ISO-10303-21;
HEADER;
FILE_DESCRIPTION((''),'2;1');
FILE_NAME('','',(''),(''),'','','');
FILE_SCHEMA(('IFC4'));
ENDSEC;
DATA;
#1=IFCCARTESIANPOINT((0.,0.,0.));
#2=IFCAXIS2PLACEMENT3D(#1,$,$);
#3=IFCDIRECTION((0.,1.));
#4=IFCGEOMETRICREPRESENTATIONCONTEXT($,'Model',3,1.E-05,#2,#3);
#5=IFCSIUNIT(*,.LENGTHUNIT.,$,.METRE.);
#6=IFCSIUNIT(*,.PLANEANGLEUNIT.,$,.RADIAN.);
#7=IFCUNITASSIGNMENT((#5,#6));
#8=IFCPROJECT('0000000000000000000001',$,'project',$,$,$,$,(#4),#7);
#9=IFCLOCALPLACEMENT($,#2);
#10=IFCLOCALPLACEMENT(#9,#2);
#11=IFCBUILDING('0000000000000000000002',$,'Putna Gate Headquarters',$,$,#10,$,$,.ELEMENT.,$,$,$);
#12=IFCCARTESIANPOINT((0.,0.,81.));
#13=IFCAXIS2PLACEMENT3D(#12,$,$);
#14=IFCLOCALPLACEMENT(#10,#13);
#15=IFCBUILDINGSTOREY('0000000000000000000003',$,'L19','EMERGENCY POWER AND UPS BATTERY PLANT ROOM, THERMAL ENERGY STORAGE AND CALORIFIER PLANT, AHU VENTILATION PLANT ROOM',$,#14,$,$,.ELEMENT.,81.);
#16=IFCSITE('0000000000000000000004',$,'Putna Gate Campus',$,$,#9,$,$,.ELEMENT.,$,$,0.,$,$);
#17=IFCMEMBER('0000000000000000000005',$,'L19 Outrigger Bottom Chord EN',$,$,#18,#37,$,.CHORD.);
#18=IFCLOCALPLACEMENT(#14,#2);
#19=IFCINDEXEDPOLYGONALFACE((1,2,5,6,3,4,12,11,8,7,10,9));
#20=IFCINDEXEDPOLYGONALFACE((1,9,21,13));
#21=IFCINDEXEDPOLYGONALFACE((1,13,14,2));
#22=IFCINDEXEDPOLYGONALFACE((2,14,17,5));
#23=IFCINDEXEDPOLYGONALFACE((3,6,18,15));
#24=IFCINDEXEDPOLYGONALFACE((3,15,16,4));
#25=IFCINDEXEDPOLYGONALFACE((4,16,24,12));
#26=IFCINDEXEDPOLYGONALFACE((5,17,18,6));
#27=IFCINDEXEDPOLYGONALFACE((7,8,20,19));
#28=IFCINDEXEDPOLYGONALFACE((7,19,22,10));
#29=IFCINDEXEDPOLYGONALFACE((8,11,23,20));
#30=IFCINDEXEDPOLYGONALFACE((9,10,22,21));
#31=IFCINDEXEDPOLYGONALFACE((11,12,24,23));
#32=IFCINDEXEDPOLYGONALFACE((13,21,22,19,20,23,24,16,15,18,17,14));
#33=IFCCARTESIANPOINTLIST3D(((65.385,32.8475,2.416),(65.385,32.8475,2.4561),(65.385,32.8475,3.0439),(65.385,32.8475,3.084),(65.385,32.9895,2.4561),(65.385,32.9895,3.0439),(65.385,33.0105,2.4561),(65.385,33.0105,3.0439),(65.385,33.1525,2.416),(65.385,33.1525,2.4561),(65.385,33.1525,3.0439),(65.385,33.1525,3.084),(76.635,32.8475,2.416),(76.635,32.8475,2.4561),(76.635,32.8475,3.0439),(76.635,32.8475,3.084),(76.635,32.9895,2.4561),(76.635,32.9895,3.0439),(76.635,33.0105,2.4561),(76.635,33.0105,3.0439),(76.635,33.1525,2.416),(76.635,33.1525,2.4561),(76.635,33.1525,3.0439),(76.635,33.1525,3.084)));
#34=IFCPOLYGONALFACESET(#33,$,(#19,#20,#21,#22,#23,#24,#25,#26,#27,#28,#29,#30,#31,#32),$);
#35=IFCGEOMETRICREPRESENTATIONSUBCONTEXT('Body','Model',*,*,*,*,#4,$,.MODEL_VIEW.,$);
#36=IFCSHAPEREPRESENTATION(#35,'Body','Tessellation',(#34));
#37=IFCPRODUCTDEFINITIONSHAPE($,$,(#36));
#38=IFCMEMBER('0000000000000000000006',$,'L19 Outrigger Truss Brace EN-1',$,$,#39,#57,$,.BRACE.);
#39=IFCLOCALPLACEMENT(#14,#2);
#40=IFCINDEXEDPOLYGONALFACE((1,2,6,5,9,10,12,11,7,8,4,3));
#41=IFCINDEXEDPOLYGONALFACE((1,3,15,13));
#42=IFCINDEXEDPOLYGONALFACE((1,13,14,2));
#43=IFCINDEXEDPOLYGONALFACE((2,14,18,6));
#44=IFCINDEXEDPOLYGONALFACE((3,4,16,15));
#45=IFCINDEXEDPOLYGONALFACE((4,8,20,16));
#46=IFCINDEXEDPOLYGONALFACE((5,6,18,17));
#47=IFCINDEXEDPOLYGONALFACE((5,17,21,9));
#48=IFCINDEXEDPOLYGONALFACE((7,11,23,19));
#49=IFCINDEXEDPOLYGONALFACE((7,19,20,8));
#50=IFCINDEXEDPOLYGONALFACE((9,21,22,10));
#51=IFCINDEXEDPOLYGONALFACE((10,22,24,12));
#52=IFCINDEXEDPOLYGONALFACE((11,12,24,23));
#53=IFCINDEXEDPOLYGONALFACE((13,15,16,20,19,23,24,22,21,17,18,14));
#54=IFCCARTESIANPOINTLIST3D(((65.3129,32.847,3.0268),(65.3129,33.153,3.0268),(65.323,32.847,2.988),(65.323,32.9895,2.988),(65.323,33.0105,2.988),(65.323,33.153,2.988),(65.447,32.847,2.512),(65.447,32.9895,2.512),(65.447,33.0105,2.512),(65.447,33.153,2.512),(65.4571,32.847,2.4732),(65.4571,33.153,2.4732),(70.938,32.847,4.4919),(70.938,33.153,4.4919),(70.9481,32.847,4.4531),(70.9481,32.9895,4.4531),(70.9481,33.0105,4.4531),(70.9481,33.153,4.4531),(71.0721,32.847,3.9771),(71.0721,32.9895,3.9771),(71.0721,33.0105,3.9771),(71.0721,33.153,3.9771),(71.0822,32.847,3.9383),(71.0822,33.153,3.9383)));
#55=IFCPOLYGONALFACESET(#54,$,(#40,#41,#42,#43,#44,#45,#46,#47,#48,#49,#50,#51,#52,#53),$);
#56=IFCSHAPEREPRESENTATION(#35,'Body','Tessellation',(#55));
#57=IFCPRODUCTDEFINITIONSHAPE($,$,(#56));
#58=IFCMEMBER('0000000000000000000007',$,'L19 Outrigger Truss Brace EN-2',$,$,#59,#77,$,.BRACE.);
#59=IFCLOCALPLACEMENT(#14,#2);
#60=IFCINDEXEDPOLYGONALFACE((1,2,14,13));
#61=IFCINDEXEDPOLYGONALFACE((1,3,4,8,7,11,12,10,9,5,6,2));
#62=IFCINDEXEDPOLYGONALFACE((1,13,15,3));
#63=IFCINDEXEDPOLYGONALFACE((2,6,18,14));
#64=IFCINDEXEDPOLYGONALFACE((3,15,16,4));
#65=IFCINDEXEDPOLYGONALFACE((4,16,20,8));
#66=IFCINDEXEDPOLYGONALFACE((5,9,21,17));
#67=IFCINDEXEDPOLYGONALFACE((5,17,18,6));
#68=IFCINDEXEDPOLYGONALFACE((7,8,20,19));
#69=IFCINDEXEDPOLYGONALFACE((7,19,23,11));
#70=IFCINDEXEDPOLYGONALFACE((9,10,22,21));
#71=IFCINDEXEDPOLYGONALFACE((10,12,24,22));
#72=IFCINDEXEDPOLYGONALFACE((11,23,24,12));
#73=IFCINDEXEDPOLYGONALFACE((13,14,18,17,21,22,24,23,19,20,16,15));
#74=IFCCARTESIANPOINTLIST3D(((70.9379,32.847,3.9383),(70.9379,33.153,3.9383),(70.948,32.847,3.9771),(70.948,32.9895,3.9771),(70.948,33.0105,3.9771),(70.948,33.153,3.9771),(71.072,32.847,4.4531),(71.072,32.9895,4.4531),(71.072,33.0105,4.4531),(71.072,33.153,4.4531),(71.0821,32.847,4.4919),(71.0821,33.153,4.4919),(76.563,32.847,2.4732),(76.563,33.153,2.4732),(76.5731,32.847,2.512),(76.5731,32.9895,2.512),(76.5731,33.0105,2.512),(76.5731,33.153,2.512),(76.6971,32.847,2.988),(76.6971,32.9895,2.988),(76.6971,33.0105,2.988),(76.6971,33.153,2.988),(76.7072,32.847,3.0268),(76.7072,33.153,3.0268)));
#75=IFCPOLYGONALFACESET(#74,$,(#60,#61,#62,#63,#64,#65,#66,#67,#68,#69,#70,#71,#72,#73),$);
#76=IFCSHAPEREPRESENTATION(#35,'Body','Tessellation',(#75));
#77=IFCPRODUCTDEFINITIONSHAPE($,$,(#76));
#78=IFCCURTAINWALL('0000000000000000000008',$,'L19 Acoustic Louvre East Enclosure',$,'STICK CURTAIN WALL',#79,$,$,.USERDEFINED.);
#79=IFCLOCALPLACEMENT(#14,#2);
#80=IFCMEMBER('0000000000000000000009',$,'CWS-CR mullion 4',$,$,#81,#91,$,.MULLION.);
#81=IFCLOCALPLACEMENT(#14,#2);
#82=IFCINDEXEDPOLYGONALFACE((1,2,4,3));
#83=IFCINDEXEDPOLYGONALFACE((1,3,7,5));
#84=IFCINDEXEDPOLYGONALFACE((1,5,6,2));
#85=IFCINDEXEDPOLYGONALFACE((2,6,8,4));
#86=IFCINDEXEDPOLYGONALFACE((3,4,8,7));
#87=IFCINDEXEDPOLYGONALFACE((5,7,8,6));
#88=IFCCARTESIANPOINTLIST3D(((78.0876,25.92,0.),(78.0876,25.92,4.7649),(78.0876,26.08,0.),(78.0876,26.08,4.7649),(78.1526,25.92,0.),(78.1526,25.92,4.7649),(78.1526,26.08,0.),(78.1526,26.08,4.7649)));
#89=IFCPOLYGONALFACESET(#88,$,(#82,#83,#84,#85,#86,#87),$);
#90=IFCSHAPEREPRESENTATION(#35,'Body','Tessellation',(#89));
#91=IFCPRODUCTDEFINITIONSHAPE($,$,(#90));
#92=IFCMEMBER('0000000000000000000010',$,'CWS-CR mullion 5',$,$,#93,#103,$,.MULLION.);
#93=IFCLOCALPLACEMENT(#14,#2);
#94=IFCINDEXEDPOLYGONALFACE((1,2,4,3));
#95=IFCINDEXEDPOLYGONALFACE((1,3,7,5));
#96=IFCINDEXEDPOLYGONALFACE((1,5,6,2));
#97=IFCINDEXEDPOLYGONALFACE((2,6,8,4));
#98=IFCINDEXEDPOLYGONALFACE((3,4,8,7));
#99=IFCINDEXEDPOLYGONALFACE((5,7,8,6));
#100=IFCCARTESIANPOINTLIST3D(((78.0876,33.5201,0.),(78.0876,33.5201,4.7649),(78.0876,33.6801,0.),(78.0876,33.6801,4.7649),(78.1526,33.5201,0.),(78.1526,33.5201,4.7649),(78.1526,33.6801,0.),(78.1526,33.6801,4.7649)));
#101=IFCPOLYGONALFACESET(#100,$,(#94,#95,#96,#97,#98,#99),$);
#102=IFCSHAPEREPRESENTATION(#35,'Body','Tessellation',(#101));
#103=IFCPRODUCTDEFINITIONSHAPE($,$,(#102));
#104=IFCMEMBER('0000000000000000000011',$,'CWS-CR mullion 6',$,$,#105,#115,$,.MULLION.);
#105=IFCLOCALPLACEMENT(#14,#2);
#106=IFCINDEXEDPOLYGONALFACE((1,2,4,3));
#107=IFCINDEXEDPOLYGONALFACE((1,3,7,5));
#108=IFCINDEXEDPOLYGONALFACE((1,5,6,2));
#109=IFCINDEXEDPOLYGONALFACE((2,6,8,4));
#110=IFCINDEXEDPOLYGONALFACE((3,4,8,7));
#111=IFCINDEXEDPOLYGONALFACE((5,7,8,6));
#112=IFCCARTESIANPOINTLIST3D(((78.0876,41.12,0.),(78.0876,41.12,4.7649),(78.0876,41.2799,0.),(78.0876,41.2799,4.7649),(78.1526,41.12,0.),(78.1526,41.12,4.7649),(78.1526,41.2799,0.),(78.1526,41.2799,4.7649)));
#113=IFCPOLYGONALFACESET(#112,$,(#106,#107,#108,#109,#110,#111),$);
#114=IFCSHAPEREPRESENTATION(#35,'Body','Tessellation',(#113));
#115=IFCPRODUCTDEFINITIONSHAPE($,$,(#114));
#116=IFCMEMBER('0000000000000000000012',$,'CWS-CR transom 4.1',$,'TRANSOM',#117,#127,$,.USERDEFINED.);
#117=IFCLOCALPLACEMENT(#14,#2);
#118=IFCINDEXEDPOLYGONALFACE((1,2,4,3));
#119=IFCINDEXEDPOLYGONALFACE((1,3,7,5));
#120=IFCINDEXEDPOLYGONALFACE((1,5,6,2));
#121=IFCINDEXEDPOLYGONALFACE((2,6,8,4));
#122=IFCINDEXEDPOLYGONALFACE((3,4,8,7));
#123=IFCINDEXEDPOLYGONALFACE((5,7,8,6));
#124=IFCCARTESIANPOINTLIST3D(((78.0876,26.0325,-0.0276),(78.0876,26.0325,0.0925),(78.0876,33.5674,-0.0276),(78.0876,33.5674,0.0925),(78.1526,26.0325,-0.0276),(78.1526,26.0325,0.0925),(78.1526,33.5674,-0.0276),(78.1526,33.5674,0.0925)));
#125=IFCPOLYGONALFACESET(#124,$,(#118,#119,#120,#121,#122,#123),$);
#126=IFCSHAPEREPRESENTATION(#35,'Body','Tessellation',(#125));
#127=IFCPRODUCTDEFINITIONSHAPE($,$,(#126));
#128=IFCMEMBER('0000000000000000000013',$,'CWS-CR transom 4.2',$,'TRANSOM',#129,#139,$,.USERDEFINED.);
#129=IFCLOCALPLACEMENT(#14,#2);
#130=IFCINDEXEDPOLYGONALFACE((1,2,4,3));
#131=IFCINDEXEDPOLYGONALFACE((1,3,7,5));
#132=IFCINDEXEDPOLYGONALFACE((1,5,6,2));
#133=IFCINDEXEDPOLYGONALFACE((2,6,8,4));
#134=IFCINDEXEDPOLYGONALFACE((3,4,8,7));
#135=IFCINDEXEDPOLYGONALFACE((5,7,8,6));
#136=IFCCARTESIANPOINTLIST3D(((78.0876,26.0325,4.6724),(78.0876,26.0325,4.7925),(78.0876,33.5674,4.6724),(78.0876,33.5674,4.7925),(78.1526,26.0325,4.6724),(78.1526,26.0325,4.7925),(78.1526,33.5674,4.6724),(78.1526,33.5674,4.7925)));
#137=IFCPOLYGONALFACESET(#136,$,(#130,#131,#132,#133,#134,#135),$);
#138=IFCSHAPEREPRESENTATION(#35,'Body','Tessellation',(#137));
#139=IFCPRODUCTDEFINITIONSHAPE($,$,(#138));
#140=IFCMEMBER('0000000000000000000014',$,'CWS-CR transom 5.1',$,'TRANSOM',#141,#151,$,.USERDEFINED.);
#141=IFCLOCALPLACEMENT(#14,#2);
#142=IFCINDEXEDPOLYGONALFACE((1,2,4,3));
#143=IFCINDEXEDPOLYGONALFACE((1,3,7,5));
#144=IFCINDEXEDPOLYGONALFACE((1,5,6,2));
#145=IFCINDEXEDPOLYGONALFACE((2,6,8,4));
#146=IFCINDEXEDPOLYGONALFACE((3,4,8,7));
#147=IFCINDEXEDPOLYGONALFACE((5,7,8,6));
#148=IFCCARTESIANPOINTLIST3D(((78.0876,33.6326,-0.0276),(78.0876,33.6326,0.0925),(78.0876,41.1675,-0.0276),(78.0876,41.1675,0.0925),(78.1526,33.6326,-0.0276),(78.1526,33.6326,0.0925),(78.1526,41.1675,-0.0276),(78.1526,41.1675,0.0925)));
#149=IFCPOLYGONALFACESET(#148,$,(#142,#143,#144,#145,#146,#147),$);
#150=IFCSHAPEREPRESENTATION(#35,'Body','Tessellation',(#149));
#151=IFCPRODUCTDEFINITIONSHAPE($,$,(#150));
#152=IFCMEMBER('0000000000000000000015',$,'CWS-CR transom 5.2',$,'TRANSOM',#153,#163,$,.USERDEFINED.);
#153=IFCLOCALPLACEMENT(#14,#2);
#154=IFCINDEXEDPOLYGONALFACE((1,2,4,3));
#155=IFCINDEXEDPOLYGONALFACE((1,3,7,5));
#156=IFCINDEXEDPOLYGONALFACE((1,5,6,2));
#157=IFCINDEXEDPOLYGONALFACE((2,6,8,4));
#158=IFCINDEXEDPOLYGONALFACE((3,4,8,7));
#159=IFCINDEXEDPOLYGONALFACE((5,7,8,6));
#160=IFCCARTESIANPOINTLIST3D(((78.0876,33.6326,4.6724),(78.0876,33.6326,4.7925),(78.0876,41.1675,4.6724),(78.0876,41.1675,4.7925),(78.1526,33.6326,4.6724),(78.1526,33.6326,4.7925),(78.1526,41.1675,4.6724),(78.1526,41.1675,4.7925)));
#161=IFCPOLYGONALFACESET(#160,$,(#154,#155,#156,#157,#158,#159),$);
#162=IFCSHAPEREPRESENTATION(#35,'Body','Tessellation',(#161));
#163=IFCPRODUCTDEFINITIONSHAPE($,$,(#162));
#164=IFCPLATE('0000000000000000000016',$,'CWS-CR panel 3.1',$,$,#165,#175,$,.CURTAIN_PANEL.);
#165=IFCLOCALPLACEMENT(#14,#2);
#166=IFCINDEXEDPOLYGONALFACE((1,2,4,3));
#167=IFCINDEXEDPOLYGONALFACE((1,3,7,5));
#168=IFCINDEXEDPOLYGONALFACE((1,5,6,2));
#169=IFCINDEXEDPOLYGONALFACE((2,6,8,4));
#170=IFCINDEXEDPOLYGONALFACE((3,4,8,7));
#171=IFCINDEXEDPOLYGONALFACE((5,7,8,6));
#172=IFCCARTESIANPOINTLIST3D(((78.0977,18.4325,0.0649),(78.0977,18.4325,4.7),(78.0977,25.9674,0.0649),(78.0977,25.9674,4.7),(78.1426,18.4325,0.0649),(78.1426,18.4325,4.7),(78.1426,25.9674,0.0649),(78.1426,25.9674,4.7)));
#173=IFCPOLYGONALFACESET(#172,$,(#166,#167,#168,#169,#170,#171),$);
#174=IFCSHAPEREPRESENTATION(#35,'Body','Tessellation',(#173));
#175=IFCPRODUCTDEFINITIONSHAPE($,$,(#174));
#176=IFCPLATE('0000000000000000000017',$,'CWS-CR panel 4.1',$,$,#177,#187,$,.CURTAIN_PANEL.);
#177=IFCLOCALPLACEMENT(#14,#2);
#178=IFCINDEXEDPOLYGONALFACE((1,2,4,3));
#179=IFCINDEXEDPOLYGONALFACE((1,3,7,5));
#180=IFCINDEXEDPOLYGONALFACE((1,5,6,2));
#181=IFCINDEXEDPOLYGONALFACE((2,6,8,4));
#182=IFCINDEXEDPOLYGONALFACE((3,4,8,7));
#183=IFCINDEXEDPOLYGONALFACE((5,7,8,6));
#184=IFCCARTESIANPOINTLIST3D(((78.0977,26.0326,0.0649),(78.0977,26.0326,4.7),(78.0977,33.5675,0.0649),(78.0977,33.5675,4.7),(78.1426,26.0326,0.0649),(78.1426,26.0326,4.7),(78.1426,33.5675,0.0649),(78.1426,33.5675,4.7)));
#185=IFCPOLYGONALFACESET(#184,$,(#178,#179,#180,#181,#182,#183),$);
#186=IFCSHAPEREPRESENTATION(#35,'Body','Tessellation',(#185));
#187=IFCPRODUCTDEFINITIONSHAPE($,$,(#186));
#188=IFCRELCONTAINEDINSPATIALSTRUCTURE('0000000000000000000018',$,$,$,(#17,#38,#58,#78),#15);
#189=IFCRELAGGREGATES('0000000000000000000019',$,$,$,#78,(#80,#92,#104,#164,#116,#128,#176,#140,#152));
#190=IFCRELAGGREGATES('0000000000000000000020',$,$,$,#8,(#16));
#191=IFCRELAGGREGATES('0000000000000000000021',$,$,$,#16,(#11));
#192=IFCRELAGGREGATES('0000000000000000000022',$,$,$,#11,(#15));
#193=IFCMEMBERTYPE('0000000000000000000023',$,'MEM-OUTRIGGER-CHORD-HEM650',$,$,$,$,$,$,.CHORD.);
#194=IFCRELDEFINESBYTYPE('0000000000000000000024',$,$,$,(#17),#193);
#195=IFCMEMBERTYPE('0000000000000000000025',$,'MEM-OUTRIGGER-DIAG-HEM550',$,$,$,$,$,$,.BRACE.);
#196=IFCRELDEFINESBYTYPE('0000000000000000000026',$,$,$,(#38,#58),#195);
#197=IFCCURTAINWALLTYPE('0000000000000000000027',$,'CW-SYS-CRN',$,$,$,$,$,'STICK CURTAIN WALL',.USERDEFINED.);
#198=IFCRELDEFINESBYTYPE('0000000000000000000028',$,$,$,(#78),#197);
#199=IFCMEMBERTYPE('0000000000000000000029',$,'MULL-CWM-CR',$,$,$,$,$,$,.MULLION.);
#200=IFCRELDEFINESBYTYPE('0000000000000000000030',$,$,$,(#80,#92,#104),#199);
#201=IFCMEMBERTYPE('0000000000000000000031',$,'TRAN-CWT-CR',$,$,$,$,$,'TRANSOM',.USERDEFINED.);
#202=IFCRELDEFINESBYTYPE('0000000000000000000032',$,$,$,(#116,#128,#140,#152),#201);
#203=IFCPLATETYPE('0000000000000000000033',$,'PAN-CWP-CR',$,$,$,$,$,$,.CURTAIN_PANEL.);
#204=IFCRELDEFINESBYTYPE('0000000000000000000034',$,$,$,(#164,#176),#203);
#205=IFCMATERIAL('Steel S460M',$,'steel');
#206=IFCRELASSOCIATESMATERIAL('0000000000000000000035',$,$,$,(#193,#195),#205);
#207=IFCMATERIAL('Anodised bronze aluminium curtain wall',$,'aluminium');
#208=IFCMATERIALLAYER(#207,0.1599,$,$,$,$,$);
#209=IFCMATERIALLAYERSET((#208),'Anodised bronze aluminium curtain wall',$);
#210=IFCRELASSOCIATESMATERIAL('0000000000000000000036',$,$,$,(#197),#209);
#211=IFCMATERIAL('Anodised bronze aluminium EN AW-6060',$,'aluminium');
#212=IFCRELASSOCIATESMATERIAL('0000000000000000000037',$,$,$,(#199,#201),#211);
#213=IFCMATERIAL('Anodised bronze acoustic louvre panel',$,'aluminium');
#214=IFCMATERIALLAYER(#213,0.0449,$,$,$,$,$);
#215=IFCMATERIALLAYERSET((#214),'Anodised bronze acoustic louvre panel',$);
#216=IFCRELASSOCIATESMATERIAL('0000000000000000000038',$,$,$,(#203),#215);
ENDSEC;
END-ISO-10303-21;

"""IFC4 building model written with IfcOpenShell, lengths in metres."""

from ifc_helpers import new_model, si_unit, direction, frame, origin, origin_2d, place, context, subcontext, project, spatial, rectangle, i_section, extrude, material, layer, layer_set, material_profile, profile_set, type_object, element, aggregate, save


model = new_model("IFC4")

# Units and contexts
model_context = context("Model", 3, precision=1e-05, world=origin(), true_north=direction((0.0, 1.0)))
body_context = subcontext(model_context, "Body", "Model", "MODEL_VIEW")
ifc_project = project(units=[si_unit("LENGTHUNIT", "METRE"), si_unit("PLANEANGLEUNIT", "RADIAN")], contexts=[model_context])

# Site, building, storey
site_placement = place(None, origin())
site = spatial("IfcSite", under=ifc_project, at=site_placement, Name="Putna Gate Campus", CompositionType="ELEMENT", RefElevation=0.0)
building_placement = place(site_placement, origin())
building = spatial("IfcBuilding", under=site, at=building_placement, Name="Putna Gate Headquarters", CompositionType="ELEMENT")
storey_placement = place(building_placement, frame((0.0, 0.0, 81.0)))
storey = spatial("IfcBuildingStorey", under=building, at=storey_placement, Name="L19", Description="EMERGENCY POWER AND UPS BATTERY PLANT ROOM, THERMAL ENERGY STORAGE AND CALORIFIER PLANT, AHU VENTILATION PLANT ROOM", CompositionType="ELEMENT", Elevation=81.0)

# Members
ifc_material_1 = material(Name="Steel S460M", Category="steel")
ifc_material_profile_1 = material_profile(ifc_material_1, i_section(OverallWidth=0.3049, OverallDepth=0.668, WebThickness=0.021, FlangeThickness=0.04, at=origin_2d()), Name="Steel S460M")
ifc_profile_set_1 = profile_set([ifc_material_profile_1], Name="Steel S460M")
member_type_1 = type_object("IfcMemberType", Name="MEM-OUTRIGGER-CHORD-HEM650", PredefinedType="CHORD", material=ifc_profile_set_1)
member_1_placement = place(storey_placement, frame((65.385, 33.0, 2.75), z_axis=(1.0, 0.0, 0.0), x_axis=(0.0, 1.0, 0.0)))
element("IfcMember", 1, at=member_1_placement, inside=storey, type_object=member_type_1, Name="L19 Outrigger Bottom Chord EN", PredefinedType="CHORD", context=body_context, shape_type="SweptSolid", body=[
    extrude(i_section(OverallWidth=0.3049, OverallDepth=0.668, WebThickness=0.021, FlangeThickness=0.04, at=origin_2d()), origin(), (0.0, 0.0, 1.0), 11.25),
])
ifc_material_profile_2 = material_profile(ifc_material_1, i_section(OverallWidth=0.3059, OverallDepth=0.572, WebThickness=0.021, FlangeThickness=0.04, at=origin_2d()), Name="Steel S460M")
ifc_profile_set_2 = profile_set([ifc_material_profile_2], Name="Steel S460M")
member_type_2 = type_object("IfcMemberType", Name="MEM-OUTRIGGER-DIAG-HEM550", PredefinedType="BRACE", material=ifc_profile_set_2)
for number, where, z_axis, x_axis, name in (
    (2, (65.385, 33.0, 2.75), (0.967714, 0.0, 0.252051), (0.0, 1.0, 0.0), "L19 Outrigger Truss Brace EN-1"),
    (3, (71.01, 33.0, 4.2151), (0.967714, 0.0, -0.252051), (0.0, 1.0, 0.0), "L19 Outrigger Truss Brace EN-2"),
):
    element("IfcMember", number, at=place(storey_placement, frame(where, z_axis=z_axis, x_axis=x_axis)), inside=storey, type_object=member_type_2, Name=name, PredefinedType="BRACE", context=body_context, shape_type="SweptSolid", body=[
        extrude(i_section(OverallWidth=0.3059, OverallDepth=0.572, WebThickness=0.021, FlangeThickness=0.04, at=origin_2d()), origin(), (0.0, 0.0, 1.0), 5.8127),
    ])

# Curtain wall, members, plates
ifc_material_2 = material(Name="Anodised bronze aluminium curtain wall", Category="aluminium")
ifc_layer_1 = layer(ifc_material_2, 0.1599)
ifc_layer_set_1 = layer_set([ifc_layer_1], Name="Anodised bronze aluminium curtain wall")
curtain_wall_type = type_object("IfcCurtainWallType", Name="CW-SYS-CRN", ElementType="STICK CURTAIN WALL", PredefinedType="USERDEFINED", material=ifc_layer_set_1)
curtain_wall_placement = place(storey_placement, origin())
curtain_wall = element("IfcCurtainWall", 4, at=curtain_wall_placement, inside=storey, type_object=curtain_wall_type, Name="L19 Acoustic Louvre East Enclosure", ObjectType="STICK CURTAIN WALL", PredefinedType="USERDEFINED")
ifc_material_3 = material(Name="Anodised bronze aluminium EN AW-6060", Category="aluminium")
ifc_material_profile_3 = material_profile(ifc_material_3, rectangle(XDim=0.0649, YDim=0.1599, at=origin_2d()), Name="Anodised bronze aluminium EN AW-6060")
ifc_profile_set_3 = profile_set([ifc_material_profile_3], Name="Anodised bronze aluminium EN AW-6060")
member_type_3 = type_object("IfcMemberType", Name="MULL-CWM-CR", PredefinedType="MULLION", material=ifc_profile_set_3)
member_2_placement = place(storey_placement, frame((78.1201, 26.0, 0.0), z_axis=(0.0, 0.0, 1.0), x_axis=(-1.0, 0.0, 0.0)))
member_2 = element("IfcMember", 5, at=member_2_placement, type_object=member_type_3, Name="CWS-CR mullion 4", PredefinedType="MULLION", context=body_context, shape_type="SweptSolid", body=[
    extrude(rectangle(XDim=0.0649, YDim=0.1599, at=origin_2d()), origin(), (0.0, 0.0, 1.0), 4.7649),
])
member_3_placement = place(storey_placement, frame((78.1201, 33.6001, 0.0), z_axis=(0.0, 0.0, 1.0), x_axis=(-1.0, 0.0, 0.0)))
member_3 = element("IfcMember", 6, at=member_3_placement, type_object=member_type_3, Name="CWS-CR mullion 5", PredefinedType="MULLION", context=body_context, shape_type="SweptSolid", body=[
    extrude(rectangle(XDim=0.0649, YDim=0.1599, at=origin_2d()), origin(), (0.0, 0.0, 1.0), 4.7649),
])
member_4_placement = place(storey_placement, frame((78.1201, 41.2, 0.0), z_axis=(0.0, 0.0, 1.0), x_axis=(-1.0, 0.0, 0.0)))
member_4 = element("IfcMember", 7, at=member_4_placement, type_object=member_type_3, Name="CWS-CR mullion 6", PredefinedType="MULLION", context=body_context, shape_type="SweptSolid", body=[
    extrude(rectangle(XDim=0.0649, YDim=0.1599, at=origin_2d()), origin(), (0.0, 0.0, 1.0), 4.7649),
])
ifc_material_profile_4 = material_profile(ifc_material_3, rectangle(XDim=0.0649, YDim=0.1201, at=origin_2d()), Name="Anodised bronze aluminium EN AW-6060")
ifc_profile_set_4 = profile_set([ifc_material_profile_4], Name="Anodised bronze aluminium EN AW-6060")
member_type_4 = type_object("IfcMemberType", Name="TRAN-CWT-CR", ElementType="TRANSOM", PredefinedType="USERDEFINED", material=ifc_profile_set_4)
member_5_placement = place(storey_placement, frame((78.1201, 26.0325, 0.0325), z_axis=(0.0, 1.0, 0.0), x_axis=(-1.0, 0.0, 0.0)))
member_5 = element("IfcMember", 8, at=member_5_placement, type_object=member_type_4, Name="CWS-CR transom 4.1", ObjectType="TRANSOM", PredefinedType="USERDEFINED", context=body_context, shape_type="SweptSolid", body=[
    extrude(rectangle(XDim=0.0649, YDim=0.1201, at=origin_2d()), origin(), (0.0, 0.0, 1.0), 7.5349),
])
member_6_placement = place(storey_placement, frame((78.1201, 26.0325, 4.7324), z_axis=(0.0, 1.0, 0.0), x_axis=(-1.0, 0.0, 0.0)))
member_6 = element("IfcMember", 9, at=member_6_placement, type_object=member_type_4, Name="CWS-CR transom 4.2", ObjectType="TRANSOM", PredefinedType="USERDEFINED", context=body_context, shape_type="SweptSolid", body=[
    extrude(rectangle(XDim=0.0649, YDim=0.1201, at=origin_2d()), origin(), (0.0, 0.0, 1.0), 7.5349),
])
member_7_placement = place(storey_placement, frame((78.1201, 33.6326, 0.0325), z_axis=(0.0, 1.0, 0.0), x_axis=(-1.0, 0.0, 0.0)))
member_7 = element("IfcMember", 10, at=member_7_placement, type_object=member_type_4, Name="CWS-CR transom 5.1", ObjectType="TRANSOM", PredefinedType="USERDEFINED", context=body_context, shape_type="SweptSolid", body=[
    extrude(rectangle(XDim=0.0649, YDim=0.1201, at=origin_2d()), origin(), (0.0, 0.0, 1.0), 7.5349),
])
member_8_placement = place(storey_placement, frame((78.1201, 33.6326, 4.7324), z_axis=(0.0, 1.0, 0.0), x_axis=(-1.0, 0.0, 0.0)))
member_8 = element("IfcMember", 11, at=member_8_placement, type_object=member_type_4, Name="CWS-CR transom 5.2", ObjectType="TRANSOM", PredefinedType="USERDEFINED", context=body_context, shape_type="SweptSolid", body=[
    extrude(rectangle(XDim=0.0649, YDim=0.1201, at=origin_2d()), origin(), (0.0, 0.0, 1.0), 7.5349),
])
ifc_material_4 = material(Name="Anodised bronze acoustic louvre panel", Category="aluminium")
ifc_layer_2 = layer(ifc_material_4, 0.0449)
ifc_layer_set_2 = layer_set([ifc_layer_2], Name="Anodised bronze acoustic louvre panel")
plate_type_1 = type_object("IfcPlateType", Name="PAN-CWP-CR", PredefinedType="CURTAIN_PANEL", material=ifc_layer_set_2)
plate_1_placement = place(storey_placement, frame((78.1201, 22.2, 0.0649), z_axis=(0.0, 0.0, 1.0), x_axis=(0.0, 1.0, 0.0)))
plate_1 = element("IfcPlate", 12, at=plate_1_placement, type_object=plate_type_1, Name="CWS-CR panel 3.1", PredefinedType="CURTAIN_PANEL", context=body_context, shape_type="SweptSolid", body=[
    extrude(rectangle(XDim=7.5349, YDim=0.0449, at=origin_2d()), origin(), (0.0, 0.0, 1.0), 4.635),
])
plate_2_placement = place(storey_placement, frame((78.1201, 29.8, 0.0649), z_axis=(0.0, 0.0, 1.0), x_axis=(0.0, 1.0, 0.0)))
plate_2 = element("IfcPlate", 13, at=plate_2_placement, type_object=plate_type_1, Name="CWS-CR panel 4.1", PredefinedType="CURTAIN_PANEL", context=body_context, shape_type="SweptSolid", body=[
    extrude(rectangle(XDim=7.5349, YDim=0.0449, at=origin_2d()), origin(), (0.0, 0.0, 1.0), 4.635),
])
aggregate(curtain_wall, [member_2, member_3, member_4, plate_1, member_5, member_6, plate_2, member_7, member_8])

save(model, "model.ifc")
